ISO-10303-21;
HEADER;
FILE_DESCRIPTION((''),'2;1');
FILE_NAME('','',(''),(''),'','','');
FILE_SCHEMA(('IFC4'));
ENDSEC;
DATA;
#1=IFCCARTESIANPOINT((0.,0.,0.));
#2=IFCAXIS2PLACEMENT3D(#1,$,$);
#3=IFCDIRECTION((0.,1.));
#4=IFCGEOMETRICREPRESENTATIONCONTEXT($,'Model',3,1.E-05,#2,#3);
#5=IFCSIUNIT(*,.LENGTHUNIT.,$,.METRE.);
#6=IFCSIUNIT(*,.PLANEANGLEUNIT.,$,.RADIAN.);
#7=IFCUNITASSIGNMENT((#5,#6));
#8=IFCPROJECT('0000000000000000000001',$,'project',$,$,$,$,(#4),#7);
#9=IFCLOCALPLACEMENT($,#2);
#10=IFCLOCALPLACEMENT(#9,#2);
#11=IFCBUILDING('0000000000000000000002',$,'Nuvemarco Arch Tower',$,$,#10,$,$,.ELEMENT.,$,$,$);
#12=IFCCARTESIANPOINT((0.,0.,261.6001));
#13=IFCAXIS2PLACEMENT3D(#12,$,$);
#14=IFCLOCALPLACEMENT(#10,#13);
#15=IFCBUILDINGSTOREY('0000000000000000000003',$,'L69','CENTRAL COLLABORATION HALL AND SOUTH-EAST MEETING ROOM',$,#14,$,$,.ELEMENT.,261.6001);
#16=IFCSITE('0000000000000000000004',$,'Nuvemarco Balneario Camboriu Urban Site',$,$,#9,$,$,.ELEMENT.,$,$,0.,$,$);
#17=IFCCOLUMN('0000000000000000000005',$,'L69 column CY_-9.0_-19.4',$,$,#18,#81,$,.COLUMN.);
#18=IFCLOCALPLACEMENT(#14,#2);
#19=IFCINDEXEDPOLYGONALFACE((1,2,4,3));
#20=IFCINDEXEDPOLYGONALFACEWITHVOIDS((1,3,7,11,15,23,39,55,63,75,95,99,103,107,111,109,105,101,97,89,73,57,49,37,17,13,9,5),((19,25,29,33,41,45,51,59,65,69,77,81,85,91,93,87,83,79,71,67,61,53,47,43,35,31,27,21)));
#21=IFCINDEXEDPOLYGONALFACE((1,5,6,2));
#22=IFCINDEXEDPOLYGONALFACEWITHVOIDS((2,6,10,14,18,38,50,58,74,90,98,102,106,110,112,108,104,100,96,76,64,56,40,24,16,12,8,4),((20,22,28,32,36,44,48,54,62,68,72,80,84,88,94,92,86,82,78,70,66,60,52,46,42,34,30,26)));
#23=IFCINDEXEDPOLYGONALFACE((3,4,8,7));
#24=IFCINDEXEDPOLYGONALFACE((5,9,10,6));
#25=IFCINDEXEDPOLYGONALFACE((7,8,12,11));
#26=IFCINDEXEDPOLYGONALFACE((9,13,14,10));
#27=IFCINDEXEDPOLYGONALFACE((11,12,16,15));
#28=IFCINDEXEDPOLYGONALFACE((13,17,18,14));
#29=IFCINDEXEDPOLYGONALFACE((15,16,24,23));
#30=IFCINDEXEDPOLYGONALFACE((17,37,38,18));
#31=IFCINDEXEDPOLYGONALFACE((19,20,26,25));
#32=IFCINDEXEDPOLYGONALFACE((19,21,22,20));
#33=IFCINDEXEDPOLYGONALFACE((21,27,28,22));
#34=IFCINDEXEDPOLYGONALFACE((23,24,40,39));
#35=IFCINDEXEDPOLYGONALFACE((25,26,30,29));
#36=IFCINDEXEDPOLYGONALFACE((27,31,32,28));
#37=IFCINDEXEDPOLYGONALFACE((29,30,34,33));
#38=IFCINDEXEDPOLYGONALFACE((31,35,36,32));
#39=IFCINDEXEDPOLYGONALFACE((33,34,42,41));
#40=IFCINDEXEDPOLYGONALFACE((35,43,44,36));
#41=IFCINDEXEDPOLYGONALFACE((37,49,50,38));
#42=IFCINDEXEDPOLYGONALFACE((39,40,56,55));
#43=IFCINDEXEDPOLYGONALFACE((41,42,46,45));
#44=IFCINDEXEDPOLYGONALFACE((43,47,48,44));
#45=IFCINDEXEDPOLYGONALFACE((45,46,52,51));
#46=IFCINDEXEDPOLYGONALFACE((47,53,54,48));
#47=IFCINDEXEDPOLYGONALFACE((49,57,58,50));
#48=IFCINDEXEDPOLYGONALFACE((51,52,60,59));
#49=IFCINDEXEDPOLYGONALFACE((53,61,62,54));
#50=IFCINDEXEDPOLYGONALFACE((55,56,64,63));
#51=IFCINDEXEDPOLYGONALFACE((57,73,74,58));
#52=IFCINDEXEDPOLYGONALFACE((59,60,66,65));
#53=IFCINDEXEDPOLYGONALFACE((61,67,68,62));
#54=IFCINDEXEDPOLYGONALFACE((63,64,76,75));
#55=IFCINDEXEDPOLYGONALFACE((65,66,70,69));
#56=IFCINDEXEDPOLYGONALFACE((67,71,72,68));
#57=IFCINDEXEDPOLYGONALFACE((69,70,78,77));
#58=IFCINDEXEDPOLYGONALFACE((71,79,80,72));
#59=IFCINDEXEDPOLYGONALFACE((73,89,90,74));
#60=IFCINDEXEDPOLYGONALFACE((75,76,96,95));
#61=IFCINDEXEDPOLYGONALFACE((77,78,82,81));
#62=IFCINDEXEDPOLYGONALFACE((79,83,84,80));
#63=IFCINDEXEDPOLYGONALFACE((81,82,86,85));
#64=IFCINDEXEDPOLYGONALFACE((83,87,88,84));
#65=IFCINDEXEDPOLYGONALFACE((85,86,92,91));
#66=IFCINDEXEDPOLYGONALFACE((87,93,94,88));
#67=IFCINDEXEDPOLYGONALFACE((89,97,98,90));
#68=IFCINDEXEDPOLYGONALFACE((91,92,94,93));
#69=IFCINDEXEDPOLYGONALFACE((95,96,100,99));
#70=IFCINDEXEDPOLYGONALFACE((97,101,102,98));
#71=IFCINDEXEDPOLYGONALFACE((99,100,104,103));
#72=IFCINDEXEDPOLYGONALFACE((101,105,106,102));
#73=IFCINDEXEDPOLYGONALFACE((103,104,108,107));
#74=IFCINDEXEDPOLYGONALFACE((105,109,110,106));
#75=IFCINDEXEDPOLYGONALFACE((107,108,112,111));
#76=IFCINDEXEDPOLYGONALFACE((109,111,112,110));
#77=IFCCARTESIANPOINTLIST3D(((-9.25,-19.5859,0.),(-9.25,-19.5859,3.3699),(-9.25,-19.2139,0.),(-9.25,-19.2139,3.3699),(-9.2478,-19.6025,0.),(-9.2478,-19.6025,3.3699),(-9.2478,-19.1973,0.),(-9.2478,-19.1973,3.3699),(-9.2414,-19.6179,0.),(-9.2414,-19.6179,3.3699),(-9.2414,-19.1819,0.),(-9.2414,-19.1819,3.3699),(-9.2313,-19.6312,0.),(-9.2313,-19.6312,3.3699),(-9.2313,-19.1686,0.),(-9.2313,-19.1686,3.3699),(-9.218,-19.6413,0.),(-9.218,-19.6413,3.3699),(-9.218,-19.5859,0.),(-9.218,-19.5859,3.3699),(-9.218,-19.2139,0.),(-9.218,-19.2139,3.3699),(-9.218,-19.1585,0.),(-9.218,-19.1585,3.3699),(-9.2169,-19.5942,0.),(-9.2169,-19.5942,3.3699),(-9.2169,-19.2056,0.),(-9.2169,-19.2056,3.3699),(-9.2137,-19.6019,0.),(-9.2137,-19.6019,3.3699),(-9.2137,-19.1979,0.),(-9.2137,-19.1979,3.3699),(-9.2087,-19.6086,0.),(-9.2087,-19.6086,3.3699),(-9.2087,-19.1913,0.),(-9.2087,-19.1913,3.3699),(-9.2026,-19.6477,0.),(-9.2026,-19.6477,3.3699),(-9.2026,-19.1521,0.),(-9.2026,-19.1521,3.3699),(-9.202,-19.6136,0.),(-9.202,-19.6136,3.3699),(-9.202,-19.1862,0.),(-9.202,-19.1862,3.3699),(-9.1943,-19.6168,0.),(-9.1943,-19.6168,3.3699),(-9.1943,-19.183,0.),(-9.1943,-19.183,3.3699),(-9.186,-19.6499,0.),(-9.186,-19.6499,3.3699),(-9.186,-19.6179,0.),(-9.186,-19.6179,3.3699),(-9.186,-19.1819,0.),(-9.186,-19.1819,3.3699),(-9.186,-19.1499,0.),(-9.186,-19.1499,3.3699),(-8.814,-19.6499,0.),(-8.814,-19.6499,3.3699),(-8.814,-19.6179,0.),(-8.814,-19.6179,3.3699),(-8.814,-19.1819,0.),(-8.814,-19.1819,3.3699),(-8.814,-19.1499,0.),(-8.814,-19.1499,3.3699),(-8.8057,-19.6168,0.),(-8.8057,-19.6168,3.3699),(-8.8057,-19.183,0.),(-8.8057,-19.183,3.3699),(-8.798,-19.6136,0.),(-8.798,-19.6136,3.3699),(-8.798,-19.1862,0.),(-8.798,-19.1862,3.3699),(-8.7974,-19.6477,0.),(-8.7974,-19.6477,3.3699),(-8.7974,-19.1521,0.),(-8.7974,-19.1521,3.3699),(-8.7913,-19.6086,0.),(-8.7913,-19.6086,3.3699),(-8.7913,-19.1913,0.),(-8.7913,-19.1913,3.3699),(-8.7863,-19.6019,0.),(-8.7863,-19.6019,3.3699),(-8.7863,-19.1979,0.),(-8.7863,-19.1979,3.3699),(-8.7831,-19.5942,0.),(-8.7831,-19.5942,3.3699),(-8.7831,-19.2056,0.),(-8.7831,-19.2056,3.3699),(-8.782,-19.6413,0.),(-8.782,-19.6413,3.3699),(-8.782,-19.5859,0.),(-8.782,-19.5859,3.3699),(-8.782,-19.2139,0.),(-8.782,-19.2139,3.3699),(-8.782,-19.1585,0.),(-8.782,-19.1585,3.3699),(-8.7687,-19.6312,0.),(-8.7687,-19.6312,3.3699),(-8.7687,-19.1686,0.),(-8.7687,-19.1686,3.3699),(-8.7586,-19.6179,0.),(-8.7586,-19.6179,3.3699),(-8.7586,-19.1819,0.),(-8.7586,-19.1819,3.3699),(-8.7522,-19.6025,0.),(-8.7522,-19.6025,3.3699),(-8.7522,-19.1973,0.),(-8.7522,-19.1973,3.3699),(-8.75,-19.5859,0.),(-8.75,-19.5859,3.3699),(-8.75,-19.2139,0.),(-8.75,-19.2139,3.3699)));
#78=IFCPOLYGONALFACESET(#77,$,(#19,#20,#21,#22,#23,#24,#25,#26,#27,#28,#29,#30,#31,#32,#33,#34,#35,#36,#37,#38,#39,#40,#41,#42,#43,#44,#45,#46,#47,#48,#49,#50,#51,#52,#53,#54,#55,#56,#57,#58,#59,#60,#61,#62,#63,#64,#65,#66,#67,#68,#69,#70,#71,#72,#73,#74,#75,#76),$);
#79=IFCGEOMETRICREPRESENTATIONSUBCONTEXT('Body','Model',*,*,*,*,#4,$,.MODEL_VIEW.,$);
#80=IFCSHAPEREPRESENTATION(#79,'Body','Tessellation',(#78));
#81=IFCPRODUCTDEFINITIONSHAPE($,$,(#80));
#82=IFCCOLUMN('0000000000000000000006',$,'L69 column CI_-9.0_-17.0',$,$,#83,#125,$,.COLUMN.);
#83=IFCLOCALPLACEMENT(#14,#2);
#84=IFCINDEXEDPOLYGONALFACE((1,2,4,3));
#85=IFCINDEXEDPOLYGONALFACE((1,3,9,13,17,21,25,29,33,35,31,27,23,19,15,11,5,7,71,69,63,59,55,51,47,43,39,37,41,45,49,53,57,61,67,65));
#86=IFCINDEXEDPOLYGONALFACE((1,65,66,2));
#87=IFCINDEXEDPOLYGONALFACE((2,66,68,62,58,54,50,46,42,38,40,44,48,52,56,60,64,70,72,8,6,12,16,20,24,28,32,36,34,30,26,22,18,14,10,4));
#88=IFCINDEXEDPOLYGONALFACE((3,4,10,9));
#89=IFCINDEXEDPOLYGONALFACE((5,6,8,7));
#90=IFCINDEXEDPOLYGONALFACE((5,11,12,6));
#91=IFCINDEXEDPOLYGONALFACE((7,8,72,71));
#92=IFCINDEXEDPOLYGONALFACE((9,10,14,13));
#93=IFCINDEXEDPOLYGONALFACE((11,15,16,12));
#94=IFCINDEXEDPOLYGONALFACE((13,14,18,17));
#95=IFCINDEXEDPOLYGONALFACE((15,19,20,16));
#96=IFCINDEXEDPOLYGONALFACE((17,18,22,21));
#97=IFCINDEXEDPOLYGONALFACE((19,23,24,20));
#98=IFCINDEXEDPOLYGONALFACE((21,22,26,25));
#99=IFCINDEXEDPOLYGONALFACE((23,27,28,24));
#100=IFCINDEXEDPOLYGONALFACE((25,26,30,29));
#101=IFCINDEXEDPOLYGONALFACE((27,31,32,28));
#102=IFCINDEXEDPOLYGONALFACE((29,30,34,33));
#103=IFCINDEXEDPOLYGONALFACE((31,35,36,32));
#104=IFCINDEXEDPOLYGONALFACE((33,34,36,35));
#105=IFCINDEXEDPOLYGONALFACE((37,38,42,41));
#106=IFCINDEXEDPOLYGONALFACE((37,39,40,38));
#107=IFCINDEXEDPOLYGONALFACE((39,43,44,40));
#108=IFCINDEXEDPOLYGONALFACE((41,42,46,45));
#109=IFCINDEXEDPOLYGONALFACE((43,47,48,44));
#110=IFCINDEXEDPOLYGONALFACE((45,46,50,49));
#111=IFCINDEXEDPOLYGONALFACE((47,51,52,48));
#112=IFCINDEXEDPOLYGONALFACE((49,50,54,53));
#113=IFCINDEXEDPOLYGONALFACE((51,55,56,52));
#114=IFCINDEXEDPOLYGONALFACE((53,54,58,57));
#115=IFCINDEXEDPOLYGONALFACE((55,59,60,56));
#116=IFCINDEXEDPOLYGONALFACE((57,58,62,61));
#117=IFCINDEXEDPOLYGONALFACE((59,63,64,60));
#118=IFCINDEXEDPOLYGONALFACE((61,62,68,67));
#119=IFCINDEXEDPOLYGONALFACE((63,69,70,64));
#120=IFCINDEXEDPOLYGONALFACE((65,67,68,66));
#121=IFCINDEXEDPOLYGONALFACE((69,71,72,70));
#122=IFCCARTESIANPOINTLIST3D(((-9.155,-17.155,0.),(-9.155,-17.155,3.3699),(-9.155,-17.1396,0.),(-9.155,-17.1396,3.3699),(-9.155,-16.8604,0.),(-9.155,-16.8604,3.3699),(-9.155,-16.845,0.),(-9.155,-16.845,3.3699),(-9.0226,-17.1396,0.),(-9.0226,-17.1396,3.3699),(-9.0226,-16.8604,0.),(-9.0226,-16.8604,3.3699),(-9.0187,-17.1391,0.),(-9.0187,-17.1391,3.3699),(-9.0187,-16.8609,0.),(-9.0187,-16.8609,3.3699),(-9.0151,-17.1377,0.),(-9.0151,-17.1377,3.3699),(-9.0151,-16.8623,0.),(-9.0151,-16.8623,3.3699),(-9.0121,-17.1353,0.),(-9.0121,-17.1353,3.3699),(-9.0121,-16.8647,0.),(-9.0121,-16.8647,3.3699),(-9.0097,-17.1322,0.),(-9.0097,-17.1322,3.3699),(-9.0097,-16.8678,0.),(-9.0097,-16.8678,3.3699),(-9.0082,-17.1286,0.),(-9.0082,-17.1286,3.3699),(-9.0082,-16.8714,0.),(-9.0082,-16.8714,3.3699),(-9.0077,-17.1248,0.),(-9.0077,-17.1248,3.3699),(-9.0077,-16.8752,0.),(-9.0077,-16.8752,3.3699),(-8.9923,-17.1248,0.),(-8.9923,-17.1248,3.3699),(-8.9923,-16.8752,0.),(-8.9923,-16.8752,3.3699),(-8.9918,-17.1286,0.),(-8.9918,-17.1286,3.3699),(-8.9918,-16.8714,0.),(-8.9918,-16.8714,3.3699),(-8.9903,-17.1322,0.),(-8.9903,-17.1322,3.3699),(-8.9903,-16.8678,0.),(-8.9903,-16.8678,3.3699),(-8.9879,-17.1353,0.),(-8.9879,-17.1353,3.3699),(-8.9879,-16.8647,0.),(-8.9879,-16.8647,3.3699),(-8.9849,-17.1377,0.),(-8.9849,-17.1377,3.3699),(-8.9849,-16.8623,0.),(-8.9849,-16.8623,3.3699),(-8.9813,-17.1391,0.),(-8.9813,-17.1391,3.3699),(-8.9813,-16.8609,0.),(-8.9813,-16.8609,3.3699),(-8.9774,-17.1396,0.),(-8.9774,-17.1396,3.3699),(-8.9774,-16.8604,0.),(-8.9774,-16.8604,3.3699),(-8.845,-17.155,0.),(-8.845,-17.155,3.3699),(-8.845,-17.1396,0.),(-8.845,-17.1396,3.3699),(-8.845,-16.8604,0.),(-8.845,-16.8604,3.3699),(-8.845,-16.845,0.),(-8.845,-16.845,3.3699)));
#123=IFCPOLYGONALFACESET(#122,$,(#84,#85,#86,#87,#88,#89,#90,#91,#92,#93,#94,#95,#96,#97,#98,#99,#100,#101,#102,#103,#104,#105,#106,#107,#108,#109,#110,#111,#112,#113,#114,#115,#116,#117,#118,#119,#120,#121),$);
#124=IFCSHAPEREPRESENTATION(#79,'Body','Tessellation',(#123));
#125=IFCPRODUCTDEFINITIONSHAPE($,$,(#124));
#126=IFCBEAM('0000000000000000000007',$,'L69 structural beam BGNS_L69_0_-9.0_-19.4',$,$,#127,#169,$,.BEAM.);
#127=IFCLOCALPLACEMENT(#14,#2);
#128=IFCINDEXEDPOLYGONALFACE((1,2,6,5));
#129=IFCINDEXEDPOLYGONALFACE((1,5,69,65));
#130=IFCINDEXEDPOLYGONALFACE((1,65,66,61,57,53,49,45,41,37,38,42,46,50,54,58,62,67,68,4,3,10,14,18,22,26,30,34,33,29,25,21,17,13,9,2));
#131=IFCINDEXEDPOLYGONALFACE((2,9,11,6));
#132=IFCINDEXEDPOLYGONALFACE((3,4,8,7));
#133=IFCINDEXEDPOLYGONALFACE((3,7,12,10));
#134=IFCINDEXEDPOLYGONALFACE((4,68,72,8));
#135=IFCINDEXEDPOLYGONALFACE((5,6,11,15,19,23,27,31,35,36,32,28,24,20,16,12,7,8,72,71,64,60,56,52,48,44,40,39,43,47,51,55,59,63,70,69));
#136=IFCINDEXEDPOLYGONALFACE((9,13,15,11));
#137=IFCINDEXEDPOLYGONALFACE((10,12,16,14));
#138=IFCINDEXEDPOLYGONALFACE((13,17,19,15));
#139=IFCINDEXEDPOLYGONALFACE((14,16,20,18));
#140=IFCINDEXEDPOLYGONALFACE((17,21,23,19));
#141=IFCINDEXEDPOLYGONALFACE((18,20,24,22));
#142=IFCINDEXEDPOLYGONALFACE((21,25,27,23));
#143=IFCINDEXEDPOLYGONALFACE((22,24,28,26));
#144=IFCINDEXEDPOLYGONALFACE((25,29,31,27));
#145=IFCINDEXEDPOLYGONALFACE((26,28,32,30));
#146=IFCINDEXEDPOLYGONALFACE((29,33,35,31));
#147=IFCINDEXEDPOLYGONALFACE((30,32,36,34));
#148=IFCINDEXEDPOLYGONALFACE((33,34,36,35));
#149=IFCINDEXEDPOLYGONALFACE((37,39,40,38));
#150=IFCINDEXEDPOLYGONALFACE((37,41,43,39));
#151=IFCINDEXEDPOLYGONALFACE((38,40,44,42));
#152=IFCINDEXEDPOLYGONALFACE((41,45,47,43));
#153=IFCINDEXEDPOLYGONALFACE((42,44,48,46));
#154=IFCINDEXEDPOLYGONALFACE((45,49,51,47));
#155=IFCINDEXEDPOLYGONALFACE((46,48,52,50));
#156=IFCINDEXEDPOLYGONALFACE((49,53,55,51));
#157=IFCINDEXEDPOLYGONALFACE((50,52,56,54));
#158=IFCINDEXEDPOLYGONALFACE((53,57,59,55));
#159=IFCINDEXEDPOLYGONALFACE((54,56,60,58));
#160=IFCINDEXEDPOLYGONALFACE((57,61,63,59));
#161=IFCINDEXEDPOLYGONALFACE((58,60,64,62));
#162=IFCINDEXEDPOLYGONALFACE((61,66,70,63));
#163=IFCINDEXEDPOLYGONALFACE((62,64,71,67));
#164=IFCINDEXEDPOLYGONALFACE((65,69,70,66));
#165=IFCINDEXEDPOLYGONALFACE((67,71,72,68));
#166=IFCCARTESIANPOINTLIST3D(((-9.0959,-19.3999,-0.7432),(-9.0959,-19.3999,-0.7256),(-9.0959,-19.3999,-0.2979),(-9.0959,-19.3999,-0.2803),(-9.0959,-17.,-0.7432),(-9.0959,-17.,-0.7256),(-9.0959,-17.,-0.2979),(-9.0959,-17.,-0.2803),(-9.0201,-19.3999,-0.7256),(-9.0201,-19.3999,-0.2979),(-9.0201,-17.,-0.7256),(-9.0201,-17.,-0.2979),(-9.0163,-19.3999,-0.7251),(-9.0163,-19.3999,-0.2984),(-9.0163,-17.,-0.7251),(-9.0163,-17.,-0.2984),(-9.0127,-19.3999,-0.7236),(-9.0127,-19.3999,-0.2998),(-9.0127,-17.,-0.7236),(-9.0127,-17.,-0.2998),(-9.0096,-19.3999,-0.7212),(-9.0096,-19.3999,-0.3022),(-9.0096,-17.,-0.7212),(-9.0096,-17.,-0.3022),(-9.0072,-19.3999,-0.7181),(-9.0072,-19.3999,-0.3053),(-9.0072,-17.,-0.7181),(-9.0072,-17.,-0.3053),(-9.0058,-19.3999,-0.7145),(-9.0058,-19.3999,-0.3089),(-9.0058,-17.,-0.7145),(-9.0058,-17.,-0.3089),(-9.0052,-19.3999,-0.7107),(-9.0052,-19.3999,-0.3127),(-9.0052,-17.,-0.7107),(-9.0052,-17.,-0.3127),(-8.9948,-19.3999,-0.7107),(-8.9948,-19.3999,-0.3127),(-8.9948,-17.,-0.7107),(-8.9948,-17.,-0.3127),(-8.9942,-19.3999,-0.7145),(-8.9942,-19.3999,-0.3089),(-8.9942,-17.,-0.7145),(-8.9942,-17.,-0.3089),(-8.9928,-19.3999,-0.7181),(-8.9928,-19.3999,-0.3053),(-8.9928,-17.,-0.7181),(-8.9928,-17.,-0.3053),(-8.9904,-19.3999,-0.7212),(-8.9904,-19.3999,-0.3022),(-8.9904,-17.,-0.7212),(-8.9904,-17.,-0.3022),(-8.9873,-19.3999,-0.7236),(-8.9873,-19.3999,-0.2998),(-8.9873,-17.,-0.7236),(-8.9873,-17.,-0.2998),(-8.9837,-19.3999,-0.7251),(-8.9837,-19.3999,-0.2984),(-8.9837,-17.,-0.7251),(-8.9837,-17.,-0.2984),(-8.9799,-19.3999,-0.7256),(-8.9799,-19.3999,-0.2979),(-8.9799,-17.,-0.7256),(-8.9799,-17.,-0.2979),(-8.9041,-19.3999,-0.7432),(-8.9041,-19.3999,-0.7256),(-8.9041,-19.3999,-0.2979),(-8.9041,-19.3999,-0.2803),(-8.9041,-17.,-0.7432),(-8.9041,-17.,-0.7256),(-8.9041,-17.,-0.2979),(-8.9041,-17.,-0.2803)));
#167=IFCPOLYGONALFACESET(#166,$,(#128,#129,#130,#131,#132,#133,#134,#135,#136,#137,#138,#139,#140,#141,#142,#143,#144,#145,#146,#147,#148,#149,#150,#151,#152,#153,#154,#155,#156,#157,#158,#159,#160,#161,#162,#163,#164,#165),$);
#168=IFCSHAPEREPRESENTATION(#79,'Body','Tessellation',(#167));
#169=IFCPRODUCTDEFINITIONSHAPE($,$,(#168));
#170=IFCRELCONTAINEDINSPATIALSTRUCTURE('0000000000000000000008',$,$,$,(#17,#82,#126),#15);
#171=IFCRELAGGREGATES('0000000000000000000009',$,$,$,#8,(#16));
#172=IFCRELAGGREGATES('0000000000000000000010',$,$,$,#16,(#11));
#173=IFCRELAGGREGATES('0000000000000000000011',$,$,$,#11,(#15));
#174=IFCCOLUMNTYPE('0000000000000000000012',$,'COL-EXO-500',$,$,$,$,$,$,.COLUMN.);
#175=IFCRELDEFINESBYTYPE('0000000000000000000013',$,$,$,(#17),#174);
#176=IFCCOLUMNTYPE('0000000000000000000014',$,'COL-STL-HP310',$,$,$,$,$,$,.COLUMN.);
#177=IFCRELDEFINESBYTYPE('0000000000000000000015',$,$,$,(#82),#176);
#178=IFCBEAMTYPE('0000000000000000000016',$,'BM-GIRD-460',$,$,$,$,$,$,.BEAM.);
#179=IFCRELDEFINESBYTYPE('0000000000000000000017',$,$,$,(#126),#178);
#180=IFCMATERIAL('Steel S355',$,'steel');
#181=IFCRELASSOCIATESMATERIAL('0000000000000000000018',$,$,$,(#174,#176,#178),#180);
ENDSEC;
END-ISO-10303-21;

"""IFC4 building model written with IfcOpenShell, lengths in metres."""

from ifc_helpers import new_model, si_unit, direction, frame, origin, origin_2d, place, context, subcontext, project, spatial, hollow_rectangle, i_section, extrude, material, material_profile, profile_set, type_object, element, save


model = new_model("IFC4")

# Units and contexts
model_context = context("Model", 3, precision=1e-05, world=origin(), true_north=direction((0.0, 1.0)))
body_context = subcontext(model_context, "Body", "Model", "MODEL_VIEW")
ifc_project = project(units=[si_unit("LENGTHUNIT", "METRE"), si_unit("PLANEANGLEUNIT", "RADIAN")], contexts=[model_context])

# Site, building, storey
site_placement = place(None, origin())
site = spatial("IfcSite", under=ifc_project, at=site_placement, Name="Nuvemarco Balneario Camboriu Urban Site", CompositionType="ELEMENT", RefElevation=0.0)
building_placement = place(site_placement, origin())
building = spatial("IfcBuilding", under=site, at=building_placement, Name="Nuvemarco Arch Tower", CompositionType="ELEMENT")
storey_placement = place(building_placement, frame((0.0, 0.0, 261.6001)))
storey = spatial("IfcBuildingStorey", under=building, at=storey_placement, Name="L69", Description="CENTRAL COLLABORATION HALL AND SOUTH-EAST MEETING ROOM", CompositionType="ELEMENT", Elevation=261.6001)

# Columns
ifc_material_1 = material(Name="Steel S355", Category="steel")
ifc_material_profile_1 = material_profile(ifc_material_1, hollow_rectangle(XDim=0.5, YDim=0.5, WallThickness=0.032, InnerFilletRadius=0.032, OuterFilletRadius=0.064, at=origin_2d()), Name="SHS500x500x32")
ifc_profile_set_1 = profile_set([ifc_material_profile_1], Name="Steel S355")
column_type_1 = type_object("IfcColumnType", Name="COL-EXO-500", PredefinedType="COLUMN", material=ifc_profile_set_1)
column_1_placement = place(storey_placement, frame((-9.0, -19.3999, 0.0), z_axis=(0.0, 0.0, 1.0), x_axis=(1.0, 0.0, 0.0)))
element("IfcColumn", 1, at=column_1_placement, inside=storey, type_object=column_type_1, Name="L69 column CY_-9.0_-19.4", PredefinedType="COLUMN", context=body_context, shape_type="SweptSolid", body=[
    extrude(hollow_rectangle(XDim=0.5, YDim=0.5, WallThickness=0.032, InnerFilletRadius=0.032, OuterFilletRadius=0.064, at=origin_2d()), origin(), (0.0, 0.0, 1.0), 3.3699),
])
ifc_material_profile_2 = material_profile(ifc_material_1, i_section(OverallWidth=0.3101, OverallDepth=0.3101, WebThickness=0.0154, FlangeThickness=0.0154, FilletRadius=0.0149, at=origin_2d()), Name="HP310x110")
ifc_profile_set_2 = profile_set([ifc_material_profile_2], Name="Steel S355")
column_type_2 = type_object("IfcColumnType", Name="COL-STL-HP310", PredefinedType="COLUMN", material=ifc_profile_set_2)
column_2_placement = place(storey_placement, frame((-9.0, -17.0, 0.0), z_axis=(0.0, 0.0, 1.0), x_axis=(1.0, 0.0, 0.0)))
element("IfcColumn", 2, at=column_2_placement, inside=storey, type_object=column_type_2, Name="L69 column CI_-9.0_-17.0", PredefinedType="COLUMN", context=body_context, shape_type="SweptSolid", body=[
    extrude(i_section(OverallWidth=0.3101, OverallDepth=0.3101, WebThickness=0.0154, FlangeThickness=0.0154, FilletRadius=0.0149, at=origin_2d()), origin(), (0.0, 0.0, 1.0), 3.3699),
])

# Beam
ifc_material_profile_3 = material_profile(ifc_material_1, i_section(OverallWidth=0.1919, OverallDepth=0.4629, WebThickness=0.0105, FlangeThickness=0.0176, FilletRadius=0.0149, at=origin_2d()), Name="W460x89")
ifc_profile_set_3 = profile_set([ifc_material_profile_3], Name="Steel S355")
beam_type_1 = type_object("IfcBeamType", Name="BM-GIRD-460", PredefinedType="BEAM", material=ifc_profile_set_3)
beam_1_placement = place(storey_placement, frame((-9.0, -19.3999, -0.5117), z_axis=(0.0, 1.0, 0.0), x_axis=(-1.0, 0.0, 0.0)))
element("IfcBeam", 3, at=beam_1_placement, inside=storey, type_object=beam_type_1, Name="L69 structural beam BGNS_L69_0_-9.0_-19.4", PredefinedType="BEAM", context=body_context, shape_type="SweptSolid", body=[
    extrude(i_section(OverallWidth=0.1919, OverallDepth=0.4629, WebThickness=0.0105, FlangeThickness=0.0176, FilletRadius=0.0149, at=origin_2d()), origin(), (0.0, 0.0, 1.0), 2.3999),
])

save(model, "model.ifc")
